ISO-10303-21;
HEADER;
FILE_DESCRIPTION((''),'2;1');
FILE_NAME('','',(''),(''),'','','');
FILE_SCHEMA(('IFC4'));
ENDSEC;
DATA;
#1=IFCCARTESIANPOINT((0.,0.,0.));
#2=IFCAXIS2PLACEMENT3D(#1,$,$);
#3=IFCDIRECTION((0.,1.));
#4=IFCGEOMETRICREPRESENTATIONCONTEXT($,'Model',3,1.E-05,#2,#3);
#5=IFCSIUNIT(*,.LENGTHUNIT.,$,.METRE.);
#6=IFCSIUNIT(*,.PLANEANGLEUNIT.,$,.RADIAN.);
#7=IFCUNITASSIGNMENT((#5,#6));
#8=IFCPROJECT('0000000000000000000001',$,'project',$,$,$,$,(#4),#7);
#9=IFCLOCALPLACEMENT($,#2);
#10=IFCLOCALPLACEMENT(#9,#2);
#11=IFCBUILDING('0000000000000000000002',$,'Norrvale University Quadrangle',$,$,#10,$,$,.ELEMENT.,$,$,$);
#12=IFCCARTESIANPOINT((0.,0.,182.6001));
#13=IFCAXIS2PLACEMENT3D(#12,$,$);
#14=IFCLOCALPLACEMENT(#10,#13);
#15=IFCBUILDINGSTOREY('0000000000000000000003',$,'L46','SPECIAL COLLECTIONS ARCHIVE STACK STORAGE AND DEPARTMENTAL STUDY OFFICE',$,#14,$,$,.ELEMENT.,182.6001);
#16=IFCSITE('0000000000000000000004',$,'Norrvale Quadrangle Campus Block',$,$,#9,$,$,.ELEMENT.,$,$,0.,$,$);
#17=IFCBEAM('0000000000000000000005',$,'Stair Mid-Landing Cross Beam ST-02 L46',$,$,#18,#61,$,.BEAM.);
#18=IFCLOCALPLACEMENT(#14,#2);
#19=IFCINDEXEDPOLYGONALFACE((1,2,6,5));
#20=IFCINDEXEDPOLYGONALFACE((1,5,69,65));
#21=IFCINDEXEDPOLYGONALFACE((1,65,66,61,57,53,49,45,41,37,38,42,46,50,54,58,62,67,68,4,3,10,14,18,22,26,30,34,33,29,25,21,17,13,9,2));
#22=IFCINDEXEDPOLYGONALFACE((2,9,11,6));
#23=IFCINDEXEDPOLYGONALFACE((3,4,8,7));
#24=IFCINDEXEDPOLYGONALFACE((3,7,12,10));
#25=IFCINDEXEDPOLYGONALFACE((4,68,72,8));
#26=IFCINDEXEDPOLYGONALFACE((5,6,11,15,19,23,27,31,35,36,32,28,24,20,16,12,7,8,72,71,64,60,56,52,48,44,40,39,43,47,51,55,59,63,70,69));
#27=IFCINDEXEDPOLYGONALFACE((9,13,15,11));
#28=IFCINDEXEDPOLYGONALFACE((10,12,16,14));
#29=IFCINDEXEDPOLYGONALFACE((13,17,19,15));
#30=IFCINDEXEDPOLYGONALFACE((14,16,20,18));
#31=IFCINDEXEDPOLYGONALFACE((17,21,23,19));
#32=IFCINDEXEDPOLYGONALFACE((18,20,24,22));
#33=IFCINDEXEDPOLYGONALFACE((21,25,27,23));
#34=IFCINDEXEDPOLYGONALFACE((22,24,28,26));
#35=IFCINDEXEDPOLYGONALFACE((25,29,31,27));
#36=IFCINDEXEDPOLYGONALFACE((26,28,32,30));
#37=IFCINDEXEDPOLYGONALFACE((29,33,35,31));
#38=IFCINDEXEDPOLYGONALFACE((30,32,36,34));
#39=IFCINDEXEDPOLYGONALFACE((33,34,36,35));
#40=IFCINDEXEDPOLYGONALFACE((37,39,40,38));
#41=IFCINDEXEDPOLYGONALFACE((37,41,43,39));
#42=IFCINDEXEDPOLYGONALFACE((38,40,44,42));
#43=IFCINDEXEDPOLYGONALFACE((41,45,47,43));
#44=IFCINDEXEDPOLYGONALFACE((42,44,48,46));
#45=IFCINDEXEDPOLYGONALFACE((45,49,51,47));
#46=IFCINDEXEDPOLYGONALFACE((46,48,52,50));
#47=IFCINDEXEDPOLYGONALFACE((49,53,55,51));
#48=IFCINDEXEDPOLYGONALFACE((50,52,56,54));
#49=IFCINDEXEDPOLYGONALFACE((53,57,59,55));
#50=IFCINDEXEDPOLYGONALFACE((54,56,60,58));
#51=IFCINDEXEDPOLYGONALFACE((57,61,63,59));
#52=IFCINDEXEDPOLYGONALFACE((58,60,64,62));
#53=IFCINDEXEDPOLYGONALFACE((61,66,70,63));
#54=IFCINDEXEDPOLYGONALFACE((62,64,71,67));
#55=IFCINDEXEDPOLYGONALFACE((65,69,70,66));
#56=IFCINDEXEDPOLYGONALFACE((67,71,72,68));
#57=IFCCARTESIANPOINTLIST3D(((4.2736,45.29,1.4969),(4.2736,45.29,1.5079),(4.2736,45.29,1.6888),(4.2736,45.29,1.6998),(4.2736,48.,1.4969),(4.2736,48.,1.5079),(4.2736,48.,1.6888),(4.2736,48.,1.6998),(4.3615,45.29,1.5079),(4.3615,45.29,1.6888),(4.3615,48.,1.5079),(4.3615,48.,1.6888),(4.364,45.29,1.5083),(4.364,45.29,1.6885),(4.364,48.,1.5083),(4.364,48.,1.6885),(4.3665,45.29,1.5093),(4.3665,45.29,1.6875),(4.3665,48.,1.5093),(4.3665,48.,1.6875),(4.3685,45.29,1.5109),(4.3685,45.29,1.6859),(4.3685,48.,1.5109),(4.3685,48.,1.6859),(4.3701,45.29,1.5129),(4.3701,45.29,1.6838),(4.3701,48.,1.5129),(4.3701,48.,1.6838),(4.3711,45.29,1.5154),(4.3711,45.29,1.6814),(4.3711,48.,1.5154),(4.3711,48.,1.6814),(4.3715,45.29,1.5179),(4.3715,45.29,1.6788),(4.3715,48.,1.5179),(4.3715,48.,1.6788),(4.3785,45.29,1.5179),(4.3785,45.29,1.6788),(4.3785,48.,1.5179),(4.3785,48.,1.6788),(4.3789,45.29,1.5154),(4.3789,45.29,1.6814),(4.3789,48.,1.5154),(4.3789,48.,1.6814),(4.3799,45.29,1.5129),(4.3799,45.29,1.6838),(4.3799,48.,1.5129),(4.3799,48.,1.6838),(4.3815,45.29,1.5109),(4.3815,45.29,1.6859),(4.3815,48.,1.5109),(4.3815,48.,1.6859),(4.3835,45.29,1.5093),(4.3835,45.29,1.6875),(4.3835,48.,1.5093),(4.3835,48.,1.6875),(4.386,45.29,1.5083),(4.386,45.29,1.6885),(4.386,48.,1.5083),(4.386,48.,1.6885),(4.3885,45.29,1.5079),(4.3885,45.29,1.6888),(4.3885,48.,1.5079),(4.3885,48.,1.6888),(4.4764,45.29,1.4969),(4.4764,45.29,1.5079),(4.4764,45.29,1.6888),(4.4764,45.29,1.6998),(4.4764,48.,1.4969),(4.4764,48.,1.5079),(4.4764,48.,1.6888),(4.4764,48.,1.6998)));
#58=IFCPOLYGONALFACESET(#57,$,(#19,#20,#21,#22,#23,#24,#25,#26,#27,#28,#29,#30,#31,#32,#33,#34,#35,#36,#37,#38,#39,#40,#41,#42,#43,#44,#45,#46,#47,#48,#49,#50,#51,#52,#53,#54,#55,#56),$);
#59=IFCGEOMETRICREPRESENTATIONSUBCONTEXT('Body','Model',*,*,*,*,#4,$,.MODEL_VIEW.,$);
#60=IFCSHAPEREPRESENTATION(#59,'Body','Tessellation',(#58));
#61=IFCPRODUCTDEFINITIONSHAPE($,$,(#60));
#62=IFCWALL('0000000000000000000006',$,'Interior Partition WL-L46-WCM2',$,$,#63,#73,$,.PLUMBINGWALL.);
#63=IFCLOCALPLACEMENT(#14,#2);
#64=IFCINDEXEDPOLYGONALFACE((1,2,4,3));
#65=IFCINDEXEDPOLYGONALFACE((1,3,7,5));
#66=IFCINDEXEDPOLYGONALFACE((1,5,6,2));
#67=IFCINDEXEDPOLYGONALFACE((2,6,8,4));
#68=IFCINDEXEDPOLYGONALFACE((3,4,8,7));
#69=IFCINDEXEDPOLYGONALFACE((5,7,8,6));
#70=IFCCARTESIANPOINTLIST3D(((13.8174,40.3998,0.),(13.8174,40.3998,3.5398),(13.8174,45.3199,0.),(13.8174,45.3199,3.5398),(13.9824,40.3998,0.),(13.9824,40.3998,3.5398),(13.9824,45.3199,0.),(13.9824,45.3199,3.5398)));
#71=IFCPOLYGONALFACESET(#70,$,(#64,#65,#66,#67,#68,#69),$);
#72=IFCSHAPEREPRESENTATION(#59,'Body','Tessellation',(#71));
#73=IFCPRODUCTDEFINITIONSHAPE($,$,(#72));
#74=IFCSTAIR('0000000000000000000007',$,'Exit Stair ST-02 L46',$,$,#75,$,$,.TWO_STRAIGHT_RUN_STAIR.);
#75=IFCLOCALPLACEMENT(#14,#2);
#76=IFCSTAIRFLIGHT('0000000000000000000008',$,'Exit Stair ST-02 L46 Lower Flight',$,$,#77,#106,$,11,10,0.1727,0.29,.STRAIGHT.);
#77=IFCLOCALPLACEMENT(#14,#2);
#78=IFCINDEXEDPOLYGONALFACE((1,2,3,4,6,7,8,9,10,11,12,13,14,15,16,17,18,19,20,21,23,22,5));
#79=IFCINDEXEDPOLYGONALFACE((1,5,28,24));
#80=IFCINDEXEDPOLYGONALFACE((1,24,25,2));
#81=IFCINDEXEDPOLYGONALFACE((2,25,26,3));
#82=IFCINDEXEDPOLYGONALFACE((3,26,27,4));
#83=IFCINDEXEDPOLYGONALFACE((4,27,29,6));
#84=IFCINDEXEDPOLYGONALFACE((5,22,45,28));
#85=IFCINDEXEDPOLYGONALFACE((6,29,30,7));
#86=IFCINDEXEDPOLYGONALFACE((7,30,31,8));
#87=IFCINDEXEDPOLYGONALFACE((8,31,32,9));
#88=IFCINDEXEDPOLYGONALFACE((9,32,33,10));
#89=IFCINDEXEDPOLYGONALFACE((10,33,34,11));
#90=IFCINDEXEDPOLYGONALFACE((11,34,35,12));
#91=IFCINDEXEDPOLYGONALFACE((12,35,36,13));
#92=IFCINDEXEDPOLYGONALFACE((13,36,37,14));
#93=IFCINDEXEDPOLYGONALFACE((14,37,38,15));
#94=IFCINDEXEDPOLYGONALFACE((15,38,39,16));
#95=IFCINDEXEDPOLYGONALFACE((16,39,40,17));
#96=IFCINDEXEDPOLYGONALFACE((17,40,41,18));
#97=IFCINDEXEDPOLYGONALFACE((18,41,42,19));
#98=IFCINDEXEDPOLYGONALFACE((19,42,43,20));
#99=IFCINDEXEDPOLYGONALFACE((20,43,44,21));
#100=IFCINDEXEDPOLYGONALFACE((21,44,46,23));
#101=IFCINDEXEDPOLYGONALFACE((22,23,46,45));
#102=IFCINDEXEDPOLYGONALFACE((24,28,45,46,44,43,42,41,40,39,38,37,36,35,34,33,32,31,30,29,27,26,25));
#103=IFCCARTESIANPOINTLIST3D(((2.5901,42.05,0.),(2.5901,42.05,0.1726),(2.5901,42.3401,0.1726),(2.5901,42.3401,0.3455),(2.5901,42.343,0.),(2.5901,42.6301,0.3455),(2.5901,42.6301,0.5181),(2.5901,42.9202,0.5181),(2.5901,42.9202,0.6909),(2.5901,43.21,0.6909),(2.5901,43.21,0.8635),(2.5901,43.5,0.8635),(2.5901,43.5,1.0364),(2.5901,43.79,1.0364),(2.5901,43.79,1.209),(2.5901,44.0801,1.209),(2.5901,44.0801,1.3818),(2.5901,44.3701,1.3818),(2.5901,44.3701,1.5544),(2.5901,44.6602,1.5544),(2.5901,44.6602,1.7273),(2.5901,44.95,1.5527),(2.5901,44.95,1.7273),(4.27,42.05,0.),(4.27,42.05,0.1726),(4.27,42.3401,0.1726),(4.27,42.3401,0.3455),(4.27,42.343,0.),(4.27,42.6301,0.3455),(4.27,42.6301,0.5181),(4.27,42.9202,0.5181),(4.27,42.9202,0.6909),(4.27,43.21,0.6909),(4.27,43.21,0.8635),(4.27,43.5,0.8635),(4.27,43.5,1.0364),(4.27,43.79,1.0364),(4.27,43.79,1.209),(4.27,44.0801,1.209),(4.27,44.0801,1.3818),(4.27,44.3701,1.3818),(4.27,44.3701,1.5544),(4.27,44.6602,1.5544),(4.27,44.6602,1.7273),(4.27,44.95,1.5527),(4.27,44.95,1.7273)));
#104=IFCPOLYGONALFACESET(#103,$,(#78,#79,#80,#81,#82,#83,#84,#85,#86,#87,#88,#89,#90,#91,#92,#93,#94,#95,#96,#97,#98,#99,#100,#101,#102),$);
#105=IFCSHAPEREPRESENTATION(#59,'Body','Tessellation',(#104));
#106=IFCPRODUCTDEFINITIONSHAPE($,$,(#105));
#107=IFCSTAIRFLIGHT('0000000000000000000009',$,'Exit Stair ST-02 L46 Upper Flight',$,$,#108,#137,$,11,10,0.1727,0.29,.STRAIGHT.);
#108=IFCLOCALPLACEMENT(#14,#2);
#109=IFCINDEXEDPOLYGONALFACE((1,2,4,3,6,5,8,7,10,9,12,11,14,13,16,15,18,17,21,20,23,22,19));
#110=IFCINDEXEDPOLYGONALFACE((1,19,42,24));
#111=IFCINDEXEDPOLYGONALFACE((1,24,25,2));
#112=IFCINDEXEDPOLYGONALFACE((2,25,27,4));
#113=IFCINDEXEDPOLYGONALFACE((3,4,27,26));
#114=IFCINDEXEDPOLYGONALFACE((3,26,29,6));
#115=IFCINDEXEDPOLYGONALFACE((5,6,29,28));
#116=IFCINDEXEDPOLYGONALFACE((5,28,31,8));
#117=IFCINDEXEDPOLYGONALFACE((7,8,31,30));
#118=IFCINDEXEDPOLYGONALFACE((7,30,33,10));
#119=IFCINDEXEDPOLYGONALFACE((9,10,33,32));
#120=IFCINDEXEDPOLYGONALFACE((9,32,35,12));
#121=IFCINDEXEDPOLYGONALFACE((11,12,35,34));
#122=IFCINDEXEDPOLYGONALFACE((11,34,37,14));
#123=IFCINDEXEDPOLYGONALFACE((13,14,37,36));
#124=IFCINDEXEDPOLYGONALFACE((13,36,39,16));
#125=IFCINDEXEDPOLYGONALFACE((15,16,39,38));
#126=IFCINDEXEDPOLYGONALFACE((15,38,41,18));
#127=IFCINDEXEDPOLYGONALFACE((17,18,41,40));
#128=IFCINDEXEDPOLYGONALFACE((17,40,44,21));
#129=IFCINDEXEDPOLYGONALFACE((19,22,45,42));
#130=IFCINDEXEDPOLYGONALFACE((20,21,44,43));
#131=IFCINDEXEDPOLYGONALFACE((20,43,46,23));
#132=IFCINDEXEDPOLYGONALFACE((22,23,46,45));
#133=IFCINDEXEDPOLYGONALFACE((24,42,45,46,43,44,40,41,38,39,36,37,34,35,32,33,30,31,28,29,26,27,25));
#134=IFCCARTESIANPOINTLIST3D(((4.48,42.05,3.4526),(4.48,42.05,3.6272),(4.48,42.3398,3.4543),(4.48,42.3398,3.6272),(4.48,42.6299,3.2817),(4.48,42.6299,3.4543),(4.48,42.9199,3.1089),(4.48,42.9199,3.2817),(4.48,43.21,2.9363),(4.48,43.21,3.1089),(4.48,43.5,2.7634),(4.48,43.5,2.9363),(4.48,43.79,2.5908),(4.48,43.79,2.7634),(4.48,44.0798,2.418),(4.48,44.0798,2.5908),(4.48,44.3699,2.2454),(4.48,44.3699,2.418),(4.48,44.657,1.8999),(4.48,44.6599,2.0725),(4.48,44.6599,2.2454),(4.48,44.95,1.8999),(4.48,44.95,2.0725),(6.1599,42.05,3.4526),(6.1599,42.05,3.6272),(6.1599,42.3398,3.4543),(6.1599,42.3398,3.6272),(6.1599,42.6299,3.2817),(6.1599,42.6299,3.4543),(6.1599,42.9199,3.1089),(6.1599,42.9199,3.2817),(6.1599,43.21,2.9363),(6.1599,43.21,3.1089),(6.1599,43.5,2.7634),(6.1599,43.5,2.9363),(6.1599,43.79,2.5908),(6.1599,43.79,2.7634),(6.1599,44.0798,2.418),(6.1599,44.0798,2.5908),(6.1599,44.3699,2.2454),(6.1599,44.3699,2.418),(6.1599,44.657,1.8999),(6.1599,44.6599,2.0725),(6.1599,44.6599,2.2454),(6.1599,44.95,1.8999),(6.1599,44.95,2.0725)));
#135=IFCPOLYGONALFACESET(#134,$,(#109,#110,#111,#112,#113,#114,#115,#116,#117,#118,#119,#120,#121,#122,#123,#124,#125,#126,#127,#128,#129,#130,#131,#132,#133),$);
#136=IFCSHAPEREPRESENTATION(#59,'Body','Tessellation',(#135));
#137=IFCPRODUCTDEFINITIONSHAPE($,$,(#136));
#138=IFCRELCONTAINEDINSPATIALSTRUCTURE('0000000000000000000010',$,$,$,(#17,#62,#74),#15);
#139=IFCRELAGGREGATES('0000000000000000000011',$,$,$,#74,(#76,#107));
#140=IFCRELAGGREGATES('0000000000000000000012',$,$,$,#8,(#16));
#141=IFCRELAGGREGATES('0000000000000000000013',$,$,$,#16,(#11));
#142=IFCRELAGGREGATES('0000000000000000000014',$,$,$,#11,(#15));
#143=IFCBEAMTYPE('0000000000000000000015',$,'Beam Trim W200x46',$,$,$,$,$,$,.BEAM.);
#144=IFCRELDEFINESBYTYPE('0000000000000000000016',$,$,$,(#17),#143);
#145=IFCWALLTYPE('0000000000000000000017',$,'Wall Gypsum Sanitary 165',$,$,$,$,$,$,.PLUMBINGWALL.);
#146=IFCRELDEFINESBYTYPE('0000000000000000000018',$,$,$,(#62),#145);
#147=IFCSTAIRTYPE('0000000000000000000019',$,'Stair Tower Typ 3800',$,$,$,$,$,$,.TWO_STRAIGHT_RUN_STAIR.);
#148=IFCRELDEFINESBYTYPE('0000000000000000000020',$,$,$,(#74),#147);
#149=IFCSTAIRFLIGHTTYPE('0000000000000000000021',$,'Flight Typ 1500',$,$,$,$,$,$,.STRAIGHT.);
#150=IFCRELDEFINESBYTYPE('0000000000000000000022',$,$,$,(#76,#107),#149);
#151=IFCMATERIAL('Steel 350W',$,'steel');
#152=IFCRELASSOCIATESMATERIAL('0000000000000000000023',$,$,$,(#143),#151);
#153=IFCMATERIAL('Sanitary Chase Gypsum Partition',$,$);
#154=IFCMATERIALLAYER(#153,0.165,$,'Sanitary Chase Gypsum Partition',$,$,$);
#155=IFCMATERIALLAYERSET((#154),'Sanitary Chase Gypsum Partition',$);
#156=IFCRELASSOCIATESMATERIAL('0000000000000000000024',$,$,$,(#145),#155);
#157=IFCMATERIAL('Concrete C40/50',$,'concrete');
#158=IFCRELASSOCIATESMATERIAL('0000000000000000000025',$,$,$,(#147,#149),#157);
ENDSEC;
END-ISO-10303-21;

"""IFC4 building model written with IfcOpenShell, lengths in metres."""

from ifc_helpers import new_model, si_unit, direction, frame, frame_2d, origin, origin_2d, place, context, subcontext, project, spatial, polyline, rectangle, i_section, outline, extrude, material, layer, layer_set, material_profile, profile_set, type_object, element, aggregate, save


model = new_model("IFC4")

# Units and contexts
model_context = context("Model", 3, precision=1e-05, world=origin(), true_north=direction((0.0, 1.0)))
body_context = subcontext(model_context, "Body", "Model", "MODEL_VIEW")
ifc_project = project(units=[si_unit("LENGTHUNIT", "METRE"), si_unit("PLANEANGLEUNIT", "RADIAN")], contexts=[model_context])

# Site, building, storey
site_placement = place(None, origin())
site = spatial("IfcSite", under=ifc_project, at=site_placement, Name="Norrvale Quadrangle Campus Block", CompositionType="ELEMENT", RefElevation=0.0)
building_placement = place(site_placement, origin())
building = spatial("IfcBuilding", under=site, at=building_placement, Name="Norrvale University Quadrangle", CompositionType="ELEMENT")
storey_placement = place(building_placement, frame((0.0, 0.0, 182.6001)))
storey = spatial("IfcBuildingStorey", under=building, at=storey_placement, Name="L46", Description="SPECIAL COLLECTIONS ARCHIVE STACK STORAGE AND DEPARTMENTAL STUDY OFFICE", CompositionType="ELEMENT", Elevation=182.6001)

# Beam
ifc_material_1 = material(Name="Steel 350W", Category="steel")
ifc_material_profile_1 = material_profile(ifc_material_1, i_section(OverallWidth=0.2029, OverallDepth=0.2029, WebThickness=0.0071, FlangeThickness=0.011, FilletRadius=0.01, at=origin_2d()), Name="Steel 350W")
ifc_profile_set_1 = profile_set([ifc_material_profile_1], Name="Steel 350W")
beam_type_1 = type_object("IfcBeamType", Name="Beam Trim W200x46", PredefinedType="BEAM", material=ifc_profile_set_1)
beam_1_placement = place(storey_placement, frame((4.375, 45.29, 1.5984), z_axis=(0.0, 1.0, 0.0), x_axis=(-1.0, 0.0, 0.0)))
element("IfcBeam", 1, at=beam_1_placement, inside=storey, type_object=beam_type_1, Name="Stair Mid-Landing Cross Beam ST-02 L46", PredefinedType="BEAM", context=body_context, shape_type="SweptSolid", body=[
    extrude(i_section(OverallWidth=0.2029, OverallDepth=0.2029, WebThickness=0.0071, FlangeThickness=0.011, FilletRadius=0.01, at=origin_2d()), origin(), (0.0, 0.0, 1.0), 2.71),
])

# Shared definitions
ifc_material_2 = material(Name="Sanitary Chase Gypsum Partition")
ifc_layer = layer(ifc_material_2, 0.165, Name="Sanitary Chase Gypsum Partition")
ifc_layer_set = layer_set([ifc_layer], Name="Sanitary Chase Gypsum Partition")
wall_type = type_object("IfcWallType", Name="Wall Gypsum Sanitary 165", PredefinedType="PLUMBINGWALL", material=ifc_layer_set)

# Wall
wall_1_placement = place(storey_placement, frame((13.8999, 40.3999, 0.0), z_axis=(0.0, 0.0, 1.0), x_axis=(0.0, 1.0, 0.0)))
element("IfcWall", 2, at=wall_1_placement, inside=storey, type_object=wall_type, Name="Interior Partition WL-L46-WCM2", PredefinedType="PLUMBINGWALL", context=body_context, shape_type="SweptSolid", body=[
    extrude(rectangle(XDim=4.9202, YDim=0.165, at=frame_2d((2.46, 0.0))), origin(), (0.0, 0.0, 1.0), 3.5398),
])

# Stair, stair flights
ifc_material_3 = material(Name="Concrete C40/50", Category="concrete")
stair_type = type_object("IfcStairType", Name="Stair Tower Typ 3800", PredefinedType="TWO_STRAIGHT_RUN_STAIR", material=ifc_material_3)
stair_placement = place(storey_placement, origin())
stair = element("IfcStair", 3, at=stair_placement, inside=storey, type_object=stair_type, Name="Exit Stair ST-02 L46", PredefinedType="TWO_STRAIGHT_RUN_STAIR")
stair_flight_type = type_object("IfcStairFlightType", Name="Flight Typ 1500", PredefinedType="STRAIGHT", material=ifc_material_3)
stair_flight_1_placement = place(storey_placement, frame((3.4299, 42.05, 0.0), z_axis=(0.0, 0.0, 1.0), x_axis=(0.0, 1.0, 0.0)))
stair_flight_1 = element("IfcStairFlight", 4, at=stair_flight_1_placement, type_object=stair_flight_type, Name="Exit Stair ST-02 L46 Lower Flight", NumberOfRisers=11, NumberOfTreads=10, PredefinedType="STRAIGHT", RiserHeight=0.1727, TreadLength=0.29, context=body_context, shape_type="SweptSolid", body=[
    extrude(outline(polyline([(0.0, 0.0), (0.0, 0.1726), (0.29, 0.1726), (0.29, 0.3455), (0.5801, 0.3455), (0.5801, 0.5181), (0.8701, 0.5181), (0.8701, 0.6909), (1.1599, 0.6909), (1.1599, 0.8635), (1.45, 0.8635), (1.45, 1.0364), (1.74, 1.0364), (1.74, 1.209), (2.03, 1.209), (2.03, 1.3818), (2.3201, 1.3818), (2.3201, 1.5544), (2.6101, 1.5544), (2.6101, 1.7273), (2.8999, 1.7273), (2.8999, 1.8999), (2.8999, 1.5527), (0.293, 0.0), (0.0, 0.0)])), frame((0.0, 0.8398, 0.0), z_axis=(0.0, -1.0, 0.0), x_axis=(1.0, 0.0, 0.0)), (0.0, 0.0, 1.0), 1.6799),
])
stair_flight_2_placement = place(storey_placement, frame((5.3201, 44.95, 1.8999), z_axis=(0.0, 0.0, 1.0), x_axis=(0.0, -1.0, 0.0)))
stair_flight_2 = element("IfcStairFlight", 5, at=stair_flight_2_placement, type_object=stair_flight_type, Name="Exit Stair ST-02 L46 Upper Flight", NumberOfRisers=11, NumberOfTreads=10, PredefinedType="STRAIGHT", RiserHeight=0.1727, TreadLength=0.29, context=body_context, shape_type="SweptSolid", body=[
    extrude(outline(polyline([(0.0, 0.0), (0.0, 0.1726), (0.29, 0.1726), (0.29, 0.3455), (0.5801, 0.3455), (0.5801, 0.5181), (0.8701, 0.5181), (0.8701, 0.6909), (1.1599, 0.6909), (1.1599, 0.8635), (1.45, 0.8635), (1.45, 1.0364), (1.74, 1.0364), (1.74, 1.209), (2.03, 1.209), (2.03, 1.3818), (2.3201, 1.3818), (2.3201, 1.5544), (2.6101, 1.5544), (2.6101, 1.7273), (2.8999, 1.7273), (2.8999, 1.8999), (2.8999, 1.5527), (0.293, 0.0), (0.0, 0.0)])), frame((0.0, 0.8398, 0.0), z_axis=(0.0, -1.0, 0.0), x_axis=(1.0, 0.0, 0.0)), (0.0, 0.0, 1.0), 1.6799),
])
aggregate(stair, [stair_flight_1, stair_flight_2])

save(model, "model.ifc")
